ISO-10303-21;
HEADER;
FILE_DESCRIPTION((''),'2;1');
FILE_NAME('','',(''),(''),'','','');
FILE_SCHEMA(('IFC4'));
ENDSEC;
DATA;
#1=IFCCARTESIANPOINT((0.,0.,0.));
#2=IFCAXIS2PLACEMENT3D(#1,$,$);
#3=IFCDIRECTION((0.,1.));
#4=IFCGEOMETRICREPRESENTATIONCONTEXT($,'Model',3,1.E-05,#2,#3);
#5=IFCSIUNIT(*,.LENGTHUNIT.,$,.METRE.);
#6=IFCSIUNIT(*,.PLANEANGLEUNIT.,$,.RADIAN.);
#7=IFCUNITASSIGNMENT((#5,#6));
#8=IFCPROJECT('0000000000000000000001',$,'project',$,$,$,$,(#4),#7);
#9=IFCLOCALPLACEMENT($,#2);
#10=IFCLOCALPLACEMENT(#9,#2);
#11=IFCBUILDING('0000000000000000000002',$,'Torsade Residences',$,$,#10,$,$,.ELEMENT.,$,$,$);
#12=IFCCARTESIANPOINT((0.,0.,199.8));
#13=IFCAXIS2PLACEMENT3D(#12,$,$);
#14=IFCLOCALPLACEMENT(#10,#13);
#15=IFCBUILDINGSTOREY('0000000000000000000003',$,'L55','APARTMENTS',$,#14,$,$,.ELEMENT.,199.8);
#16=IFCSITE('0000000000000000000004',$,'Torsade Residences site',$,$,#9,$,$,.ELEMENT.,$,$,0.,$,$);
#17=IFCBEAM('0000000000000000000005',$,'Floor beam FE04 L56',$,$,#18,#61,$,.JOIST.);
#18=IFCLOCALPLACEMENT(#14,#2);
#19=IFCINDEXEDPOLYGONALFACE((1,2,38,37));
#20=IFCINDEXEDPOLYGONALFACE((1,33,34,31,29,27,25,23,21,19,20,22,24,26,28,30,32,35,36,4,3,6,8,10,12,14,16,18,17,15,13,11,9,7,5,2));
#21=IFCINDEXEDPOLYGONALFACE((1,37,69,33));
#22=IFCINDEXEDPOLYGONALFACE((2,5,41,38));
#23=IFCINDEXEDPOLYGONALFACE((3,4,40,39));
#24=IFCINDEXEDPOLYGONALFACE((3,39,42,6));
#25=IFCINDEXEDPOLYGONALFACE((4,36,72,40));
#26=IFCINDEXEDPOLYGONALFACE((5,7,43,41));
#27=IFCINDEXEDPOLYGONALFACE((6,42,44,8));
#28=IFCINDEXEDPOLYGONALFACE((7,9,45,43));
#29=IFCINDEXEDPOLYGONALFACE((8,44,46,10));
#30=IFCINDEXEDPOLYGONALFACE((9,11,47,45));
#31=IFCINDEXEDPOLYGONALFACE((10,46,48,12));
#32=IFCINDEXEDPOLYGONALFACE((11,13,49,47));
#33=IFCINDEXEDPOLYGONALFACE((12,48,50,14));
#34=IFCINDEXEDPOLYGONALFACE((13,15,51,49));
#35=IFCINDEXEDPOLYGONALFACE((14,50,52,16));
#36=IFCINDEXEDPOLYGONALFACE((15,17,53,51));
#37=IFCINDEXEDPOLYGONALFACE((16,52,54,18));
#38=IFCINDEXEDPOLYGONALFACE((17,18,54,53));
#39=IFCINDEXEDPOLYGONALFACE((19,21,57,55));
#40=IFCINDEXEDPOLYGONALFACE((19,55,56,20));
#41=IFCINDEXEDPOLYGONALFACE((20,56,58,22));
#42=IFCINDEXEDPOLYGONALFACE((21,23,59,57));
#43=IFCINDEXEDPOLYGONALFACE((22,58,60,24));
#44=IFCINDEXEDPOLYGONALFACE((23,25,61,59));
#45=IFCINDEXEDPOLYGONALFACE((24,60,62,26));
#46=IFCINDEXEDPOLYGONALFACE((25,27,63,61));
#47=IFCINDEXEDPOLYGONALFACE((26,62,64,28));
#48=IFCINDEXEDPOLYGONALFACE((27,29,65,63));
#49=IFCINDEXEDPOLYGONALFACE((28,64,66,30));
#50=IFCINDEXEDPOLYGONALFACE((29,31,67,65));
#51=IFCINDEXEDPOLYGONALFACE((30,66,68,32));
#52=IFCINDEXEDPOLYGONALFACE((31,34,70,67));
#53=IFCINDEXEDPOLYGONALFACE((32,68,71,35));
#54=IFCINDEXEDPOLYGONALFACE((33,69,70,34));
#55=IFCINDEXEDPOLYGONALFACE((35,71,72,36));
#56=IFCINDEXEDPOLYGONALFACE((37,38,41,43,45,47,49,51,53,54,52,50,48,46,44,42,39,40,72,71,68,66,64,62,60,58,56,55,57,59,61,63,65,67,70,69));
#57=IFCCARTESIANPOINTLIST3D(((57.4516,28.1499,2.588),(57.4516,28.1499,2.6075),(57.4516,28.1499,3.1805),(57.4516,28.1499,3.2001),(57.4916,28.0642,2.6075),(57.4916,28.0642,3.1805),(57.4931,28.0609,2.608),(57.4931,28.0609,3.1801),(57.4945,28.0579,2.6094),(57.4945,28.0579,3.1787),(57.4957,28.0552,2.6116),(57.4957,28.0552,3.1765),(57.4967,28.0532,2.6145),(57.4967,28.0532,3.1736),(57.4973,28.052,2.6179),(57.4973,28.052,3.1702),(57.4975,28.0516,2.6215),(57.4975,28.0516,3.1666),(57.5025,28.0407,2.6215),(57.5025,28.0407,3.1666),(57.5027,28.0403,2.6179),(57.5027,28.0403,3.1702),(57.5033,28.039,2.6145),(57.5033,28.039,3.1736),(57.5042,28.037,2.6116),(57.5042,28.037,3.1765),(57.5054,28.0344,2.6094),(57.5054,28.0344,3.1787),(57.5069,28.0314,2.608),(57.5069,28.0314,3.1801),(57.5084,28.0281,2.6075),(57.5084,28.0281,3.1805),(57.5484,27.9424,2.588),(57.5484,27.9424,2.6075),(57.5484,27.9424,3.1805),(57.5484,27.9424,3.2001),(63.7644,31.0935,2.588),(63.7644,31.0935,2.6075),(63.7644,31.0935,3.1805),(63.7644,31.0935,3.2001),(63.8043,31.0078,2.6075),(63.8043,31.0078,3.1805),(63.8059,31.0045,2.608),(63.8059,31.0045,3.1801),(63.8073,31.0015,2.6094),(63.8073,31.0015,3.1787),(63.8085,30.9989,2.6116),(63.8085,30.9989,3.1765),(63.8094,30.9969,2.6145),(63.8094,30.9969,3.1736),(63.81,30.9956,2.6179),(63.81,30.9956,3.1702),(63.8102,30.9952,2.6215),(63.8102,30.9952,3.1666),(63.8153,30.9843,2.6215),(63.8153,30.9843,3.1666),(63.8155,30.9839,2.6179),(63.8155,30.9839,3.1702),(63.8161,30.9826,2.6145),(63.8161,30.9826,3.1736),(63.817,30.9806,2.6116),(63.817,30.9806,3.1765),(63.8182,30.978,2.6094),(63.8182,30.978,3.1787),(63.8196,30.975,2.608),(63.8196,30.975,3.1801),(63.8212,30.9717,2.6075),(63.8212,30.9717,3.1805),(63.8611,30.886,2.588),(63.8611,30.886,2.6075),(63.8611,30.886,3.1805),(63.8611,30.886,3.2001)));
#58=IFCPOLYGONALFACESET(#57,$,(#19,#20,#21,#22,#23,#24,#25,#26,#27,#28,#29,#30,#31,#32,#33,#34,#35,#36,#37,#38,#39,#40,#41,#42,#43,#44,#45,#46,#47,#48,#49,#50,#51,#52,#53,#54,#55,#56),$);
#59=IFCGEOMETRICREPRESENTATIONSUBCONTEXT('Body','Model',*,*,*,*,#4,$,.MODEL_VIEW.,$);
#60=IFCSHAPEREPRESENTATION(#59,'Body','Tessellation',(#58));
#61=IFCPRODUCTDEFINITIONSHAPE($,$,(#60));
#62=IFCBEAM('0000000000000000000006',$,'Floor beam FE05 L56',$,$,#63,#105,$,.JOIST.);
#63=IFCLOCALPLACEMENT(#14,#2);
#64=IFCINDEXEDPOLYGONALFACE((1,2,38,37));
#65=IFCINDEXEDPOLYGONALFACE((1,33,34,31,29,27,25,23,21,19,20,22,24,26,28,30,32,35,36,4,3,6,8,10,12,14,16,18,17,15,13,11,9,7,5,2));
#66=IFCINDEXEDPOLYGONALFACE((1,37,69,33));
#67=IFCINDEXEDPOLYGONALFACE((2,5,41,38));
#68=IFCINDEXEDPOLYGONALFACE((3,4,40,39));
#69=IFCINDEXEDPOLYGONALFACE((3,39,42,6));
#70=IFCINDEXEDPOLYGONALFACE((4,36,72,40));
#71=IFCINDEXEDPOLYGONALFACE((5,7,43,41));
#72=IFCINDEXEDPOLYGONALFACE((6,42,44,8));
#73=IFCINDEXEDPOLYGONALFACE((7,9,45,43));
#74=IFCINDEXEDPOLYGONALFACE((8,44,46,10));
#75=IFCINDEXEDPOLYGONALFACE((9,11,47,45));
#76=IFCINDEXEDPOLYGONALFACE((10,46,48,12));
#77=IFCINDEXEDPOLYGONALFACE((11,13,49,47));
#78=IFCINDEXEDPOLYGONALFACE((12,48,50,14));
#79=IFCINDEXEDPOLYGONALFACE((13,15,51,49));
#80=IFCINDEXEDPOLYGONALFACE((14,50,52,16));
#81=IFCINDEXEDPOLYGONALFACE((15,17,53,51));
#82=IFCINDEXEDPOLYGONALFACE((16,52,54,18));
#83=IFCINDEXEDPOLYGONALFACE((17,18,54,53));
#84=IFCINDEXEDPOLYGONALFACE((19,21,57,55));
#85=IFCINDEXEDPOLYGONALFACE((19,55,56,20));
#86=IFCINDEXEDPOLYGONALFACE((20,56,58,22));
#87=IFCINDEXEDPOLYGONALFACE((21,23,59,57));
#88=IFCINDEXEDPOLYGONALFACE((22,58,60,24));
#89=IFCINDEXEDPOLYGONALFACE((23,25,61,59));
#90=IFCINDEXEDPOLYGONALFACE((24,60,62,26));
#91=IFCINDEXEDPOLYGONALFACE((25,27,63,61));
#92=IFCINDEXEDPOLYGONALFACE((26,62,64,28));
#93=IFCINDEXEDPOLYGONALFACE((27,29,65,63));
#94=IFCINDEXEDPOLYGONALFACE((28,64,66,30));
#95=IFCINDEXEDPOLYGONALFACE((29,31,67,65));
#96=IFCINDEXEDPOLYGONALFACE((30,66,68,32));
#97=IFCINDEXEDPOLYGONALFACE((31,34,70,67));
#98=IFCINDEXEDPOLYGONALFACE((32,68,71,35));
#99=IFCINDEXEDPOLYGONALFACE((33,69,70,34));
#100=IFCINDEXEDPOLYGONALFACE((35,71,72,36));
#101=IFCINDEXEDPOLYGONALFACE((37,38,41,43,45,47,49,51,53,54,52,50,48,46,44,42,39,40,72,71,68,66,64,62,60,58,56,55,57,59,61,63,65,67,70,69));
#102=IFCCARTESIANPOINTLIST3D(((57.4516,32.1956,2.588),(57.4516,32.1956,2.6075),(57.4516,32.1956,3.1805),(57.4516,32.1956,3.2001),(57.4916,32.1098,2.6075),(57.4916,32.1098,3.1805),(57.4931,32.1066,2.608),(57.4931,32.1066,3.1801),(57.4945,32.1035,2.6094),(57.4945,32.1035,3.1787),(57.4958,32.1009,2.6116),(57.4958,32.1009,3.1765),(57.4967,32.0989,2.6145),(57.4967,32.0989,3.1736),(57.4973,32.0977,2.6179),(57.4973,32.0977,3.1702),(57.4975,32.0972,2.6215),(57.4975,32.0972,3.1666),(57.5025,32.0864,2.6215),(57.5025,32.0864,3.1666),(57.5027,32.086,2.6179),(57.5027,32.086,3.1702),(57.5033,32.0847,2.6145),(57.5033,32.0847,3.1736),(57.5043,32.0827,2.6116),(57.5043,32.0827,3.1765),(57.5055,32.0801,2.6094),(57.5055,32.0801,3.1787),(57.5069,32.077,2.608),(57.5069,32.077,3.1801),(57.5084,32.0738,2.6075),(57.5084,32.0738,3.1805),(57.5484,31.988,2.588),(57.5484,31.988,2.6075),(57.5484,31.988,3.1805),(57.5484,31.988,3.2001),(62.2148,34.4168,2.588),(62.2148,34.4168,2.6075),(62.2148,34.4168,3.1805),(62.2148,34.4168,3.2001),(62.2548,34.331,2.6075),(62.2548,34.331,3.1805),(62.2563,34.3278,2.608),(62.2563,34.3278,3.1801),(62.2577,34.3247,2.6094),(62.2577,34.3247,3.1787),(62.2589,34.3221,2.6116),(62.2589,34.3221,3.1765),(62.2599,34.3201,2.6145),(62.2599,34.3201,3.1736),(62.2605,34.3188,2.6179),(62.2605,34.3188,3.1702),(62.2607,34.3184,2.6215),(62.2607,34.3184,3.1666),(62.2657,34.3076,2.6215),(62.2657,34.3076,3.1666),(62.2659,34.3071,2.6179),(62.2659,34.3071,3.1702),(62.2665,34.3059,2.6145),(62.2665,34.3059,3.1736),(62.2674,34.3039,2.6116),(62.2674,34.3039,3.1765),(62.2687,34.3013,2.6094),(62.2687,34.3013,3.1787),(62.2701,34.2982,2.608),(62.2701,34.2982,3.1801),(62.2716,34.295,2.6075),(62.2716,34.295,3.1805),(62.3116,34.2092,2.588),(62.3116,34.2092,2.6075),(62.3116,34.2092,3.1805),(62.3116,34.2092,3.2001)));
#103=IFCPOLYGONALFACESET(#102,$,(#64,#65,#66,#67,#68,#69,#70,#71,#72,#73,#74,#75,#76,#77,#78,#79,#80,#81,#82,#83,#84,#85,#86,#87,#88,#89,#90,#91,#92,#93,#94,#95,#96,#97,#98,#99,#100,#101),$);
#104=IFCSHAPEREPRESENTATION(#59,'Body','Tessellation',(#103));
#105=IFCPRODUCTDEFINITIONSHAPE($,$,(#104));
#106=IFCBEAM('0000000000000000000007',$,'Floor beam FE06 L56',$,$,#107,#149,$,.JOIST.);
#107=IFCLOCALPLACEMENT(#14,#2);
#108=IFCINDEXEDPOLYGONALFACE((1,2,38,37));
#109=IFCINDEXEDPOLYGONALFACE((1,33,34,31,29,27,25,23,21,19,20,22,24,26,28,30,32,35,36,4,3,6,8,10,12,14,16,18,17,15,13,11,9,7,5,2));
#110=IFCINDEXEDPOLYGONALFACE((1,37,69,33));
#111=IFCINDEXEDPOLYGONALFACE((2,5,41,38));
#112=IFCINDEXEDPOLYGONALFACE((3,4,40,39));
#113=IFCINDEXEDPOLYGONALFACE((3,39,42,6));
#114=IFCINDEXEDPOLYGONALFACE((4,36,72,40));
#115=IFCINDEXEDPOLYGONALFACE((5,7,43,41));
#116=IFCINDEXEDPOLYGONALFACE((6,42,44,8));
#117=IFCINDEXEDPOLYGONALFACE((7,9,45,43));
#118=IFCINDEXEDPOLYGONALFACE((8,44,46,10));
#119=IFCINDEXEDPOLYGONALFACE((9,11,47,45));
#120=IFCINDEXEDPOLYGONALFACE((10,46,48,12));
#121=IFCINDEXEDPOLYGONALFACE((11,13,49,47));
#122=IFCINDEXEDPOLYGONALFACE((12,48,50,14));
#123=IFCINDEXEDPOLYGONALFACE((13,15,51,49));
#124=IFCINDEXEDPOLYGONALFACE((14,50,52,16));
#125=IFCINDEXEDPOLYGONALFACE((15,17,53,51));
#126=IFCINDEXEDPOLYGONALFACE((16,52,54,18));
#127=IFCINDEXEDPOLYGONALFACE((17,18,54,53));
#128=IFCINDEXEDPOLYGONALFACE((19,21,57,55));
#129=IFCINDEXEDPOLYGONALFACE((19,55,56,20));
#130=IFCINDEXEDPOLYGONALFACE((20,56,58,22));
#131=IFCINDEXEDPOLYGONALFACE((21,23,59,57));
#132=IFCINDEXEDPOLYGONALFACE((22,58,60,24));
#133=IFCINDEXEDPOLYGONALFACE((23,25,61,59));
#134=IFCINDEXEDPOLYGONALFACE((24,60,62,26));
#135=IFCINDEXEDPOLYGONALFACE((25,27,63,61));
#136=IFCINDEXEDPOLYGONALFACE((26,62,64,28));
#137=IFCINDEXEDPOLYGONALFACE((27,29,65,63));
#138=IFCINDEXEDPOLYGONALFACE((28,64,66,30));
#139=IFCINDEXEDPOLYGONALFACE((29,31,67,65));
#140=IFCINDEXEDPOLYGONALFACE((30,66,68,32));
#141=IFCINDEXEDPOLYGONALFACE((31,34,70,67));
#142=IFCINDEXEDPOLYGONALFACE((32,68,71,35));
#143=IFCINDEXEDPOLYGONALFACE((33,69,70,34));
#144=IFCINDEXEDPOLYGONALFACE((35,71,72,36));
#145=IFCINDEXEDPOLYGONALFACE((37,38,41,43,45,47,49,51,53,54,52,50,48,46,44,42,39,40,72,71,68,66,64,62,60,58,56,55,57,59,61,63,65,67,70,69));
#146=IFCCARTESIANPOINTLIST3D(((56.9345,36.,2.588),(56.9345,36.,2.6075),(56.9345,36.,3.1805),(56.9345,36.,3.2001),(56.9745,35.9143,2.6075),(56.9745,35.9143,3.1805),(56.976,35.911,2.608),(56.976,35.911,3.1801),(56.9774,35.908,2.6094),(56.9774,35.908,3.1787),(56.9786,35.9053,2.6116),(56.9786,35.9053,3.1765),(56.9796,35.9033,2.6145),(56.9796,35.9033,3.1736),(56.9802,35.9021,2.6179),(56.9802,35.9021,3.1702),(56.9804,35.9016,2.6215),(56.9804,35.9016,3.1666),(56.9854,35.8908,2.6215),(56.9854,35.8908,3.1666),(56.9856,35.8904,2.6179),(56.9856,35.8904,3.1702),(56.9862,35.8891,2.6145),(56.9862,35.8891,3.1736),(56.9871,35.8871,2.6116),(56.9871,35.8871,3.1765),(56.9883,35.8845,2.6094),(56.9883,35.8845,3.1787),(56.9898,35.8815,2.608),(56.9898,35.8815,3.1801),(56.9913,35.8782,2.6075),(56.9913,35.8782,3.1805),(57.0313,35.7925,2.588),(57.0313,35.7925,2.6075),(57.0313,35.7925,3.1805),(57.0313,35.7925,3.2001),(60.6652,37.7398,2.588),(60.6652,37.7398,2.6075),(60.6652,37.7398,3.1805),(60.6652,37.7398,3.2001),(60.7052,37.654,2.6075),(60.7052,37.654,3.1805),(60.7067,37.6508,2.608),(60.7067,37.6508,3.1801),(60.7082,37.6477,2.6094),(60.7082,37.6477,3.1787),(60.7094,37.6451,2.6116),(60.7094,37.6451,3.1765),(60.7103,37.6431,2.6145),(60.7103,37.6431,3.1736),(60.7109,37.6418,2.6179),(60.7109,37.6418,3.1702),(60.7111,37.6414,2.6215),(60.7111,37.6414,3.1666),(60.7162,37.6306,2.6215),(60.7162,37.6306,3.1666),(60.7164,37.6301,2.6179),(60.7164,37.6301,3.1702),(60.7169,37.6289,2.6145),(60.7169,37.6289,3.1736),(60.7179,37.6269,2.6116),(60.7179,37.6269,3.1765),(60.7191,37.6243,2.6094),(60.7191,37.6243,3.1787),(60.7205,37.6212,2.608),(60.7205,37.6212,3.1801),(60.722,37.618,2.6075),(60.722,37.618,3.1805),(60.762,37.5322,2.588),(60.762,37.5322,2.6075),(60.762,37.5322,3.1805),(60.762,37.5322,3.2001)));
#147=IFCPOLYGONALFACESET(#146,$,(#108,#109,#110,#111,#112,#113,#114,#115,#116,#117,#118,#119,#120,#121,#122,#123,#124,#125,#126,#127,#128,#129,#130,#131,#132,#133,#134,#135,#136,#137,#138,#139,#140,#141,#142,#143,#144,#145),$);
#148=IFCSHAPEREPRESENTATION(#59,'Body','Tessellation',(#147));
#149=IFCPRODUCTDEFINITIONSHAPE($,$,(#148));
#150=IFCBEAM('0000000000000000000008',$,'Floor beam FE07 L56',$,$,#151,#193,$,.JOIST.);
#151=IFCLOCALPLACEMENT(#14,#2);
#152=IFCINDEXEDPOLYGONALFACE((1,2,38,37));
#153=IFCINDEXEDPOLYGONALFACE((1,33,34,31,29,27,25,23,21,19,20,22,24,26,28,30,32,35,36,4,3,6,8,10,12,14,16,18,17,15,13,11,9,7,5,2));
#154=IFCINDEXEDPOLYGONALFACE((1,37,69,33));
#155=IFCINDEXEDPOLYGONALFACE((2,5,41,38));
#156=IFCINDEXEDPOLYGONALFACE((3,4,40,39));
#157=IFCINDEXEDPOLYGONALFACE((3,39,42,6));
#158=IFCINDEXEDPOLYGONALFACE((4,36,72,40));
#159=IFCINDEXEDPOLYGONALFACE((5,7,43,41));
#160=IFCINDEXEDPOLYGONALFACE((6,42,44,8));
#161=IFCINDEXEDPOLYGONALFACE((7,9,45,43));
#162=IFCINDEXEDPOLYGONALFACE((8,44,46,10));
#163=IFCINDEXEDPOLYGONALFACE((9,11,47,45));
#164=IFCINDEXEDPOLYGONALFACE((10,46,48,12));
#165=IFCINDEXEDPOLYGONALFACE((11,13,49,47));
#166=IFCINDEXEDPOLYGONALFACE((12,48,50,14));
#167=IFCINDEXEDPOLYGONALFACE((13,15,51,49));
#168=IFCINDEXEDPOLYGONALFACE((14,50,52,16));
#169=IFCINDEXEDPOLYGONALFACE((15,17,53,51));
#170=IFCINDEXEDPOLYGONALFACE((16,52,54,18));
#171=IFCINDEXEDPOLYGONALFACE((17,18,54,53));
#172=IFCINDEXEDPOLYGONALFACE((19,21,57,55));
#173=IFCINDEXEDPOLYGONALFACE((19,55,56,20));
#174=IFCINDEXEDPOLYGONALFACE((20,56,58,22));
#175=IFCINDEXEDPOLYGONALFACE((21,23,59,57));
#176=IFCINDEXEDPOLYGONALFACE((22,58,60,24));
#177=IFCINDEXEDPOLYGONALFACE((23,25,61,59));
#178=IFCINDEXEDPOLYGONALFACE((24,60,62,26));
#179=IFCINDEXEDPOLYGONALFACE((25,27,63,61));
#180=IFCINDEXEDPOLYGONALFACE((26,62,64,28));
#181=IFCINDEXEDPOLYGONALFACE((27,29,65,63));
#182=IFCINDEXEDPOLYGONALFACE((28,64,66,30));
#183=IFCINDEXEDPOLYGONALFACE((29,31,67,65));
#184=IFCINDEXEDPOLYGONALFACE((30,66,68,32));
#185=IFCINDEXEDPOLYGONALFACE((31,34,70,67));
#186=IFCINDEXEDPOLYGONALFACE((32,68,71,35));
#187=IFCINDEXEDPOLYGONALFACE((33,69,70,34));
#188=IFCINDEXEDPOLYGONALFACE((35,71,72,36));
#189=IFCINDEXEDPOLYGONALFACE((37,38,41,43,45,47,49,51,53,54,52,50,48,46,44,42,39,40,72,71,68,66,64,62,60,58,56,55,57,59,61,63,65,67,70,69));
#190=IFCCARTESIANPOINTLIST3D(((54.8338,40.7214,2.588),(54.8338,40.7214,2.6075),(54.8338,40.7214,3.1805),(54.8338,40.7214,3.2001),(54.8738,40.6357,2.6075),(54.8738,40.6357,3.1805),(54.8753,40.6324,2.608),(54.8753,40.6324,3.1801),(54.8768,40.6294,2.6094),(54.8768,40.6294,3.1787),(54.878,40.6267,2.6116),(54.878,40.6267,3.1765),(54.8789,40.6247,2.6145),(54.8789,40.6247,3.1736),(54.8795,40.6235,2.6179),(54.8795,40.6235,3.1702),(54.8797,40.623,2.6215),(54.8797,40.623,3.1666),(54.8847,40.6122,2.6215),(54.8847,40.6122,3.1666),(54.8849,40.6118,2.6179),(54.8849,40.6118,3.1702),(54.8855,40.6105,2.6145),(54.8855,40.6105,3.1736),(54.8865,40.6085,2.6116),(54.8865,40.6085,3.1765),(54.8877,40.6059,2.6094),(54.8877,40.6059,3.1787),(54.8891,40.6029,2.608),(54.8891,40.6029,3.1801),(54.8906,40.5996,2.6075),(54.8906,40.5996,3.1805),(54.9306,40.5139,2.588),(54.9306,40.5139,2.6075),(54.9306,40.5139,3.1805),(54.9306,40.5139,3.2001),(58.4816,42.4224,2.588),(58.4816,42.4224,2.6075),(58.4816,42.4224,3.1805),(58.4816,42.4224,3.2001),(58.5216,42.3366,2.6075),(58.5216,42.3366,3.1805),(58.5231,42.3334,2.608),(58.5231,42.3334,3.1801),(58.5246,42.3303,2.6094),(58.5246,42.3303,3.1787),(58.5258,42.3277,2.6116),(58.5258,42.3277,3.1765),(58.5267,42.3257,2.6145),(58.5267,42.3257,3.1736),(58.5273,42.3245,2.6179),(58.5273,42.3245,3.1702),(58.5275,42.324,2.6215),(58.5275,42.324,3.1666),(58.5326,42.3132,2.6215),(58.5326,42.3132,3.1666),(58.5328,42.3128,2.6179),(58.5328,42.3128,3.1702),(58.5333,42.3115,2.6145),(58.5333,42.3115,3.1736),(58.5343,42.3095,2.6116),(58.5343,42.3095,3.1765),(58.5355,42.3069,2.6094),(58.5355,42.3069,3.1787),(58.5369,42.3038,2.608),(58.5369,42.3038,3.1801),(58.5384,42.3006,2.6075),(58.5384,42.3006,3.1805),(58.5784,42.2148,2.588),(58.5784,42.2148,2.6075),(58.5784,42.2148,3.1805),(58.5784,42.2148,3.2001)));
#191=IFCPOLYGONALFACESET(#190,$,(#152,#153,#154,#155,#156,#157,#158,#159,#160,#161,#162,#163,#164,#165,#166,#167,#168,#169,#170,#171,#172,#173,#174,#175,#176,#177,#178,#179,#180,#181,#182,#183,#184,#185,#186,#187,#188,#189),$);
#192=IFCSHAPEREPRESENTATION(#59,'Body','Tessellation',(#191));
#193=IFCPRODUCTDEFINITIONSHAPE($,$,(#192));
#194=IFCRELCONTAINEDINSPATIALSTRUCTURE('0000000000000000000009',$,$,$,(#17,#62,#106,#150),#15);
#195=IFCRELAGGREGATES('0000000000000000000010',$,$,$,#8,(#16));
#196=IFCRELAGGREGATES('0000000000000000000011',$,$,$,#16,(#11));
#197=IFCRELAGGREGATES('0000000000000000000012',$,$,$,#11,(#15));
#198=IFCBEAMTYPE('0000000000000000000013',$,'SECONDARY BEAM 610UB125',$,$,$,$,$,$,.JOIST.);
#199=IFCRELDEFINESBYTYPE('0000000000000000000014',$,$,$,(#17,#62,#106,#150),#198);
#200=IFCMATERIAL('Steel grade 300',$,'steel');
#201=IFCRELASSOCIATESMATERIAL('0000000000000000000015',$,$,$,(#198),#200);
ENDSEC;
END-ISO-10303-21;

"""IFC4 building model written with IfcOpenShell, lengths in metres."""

from ifc_helpers import new_model, si_unit, direction, frame, origin, origin_2d, place, context, subcontext, project, spatial, i_section, extrude, material, material_profile, profile_set, type_object, element, save


model = new_model("IFC4")

# Units and contexts
model_context = context("Model", 3, precision=1e-05, world=origin(), true_north=direction((0.0, 1.0)))
body_context = subcontext(model_context, "Body", "Model", "MODEL_VIEW")
ifc_project = project(units=[si_unit("LENGTHUNIT", "METRE"), si_unit("PLANEANGLEUNIT", "RADIAN")], contexts=[model_context])

# Site, building, storey
site_placement = place(None, origin())
site = spatial("IfcSite", under=ifc_project, at=site_placement, Name="Torsade Residences site", CompositionType="ELEMENT", RefElevation=0.0)
building_placement = place(site_placement, origin())
building = spatial("IfcBuilding", under=site, at=building_placement, Name="Torsade Residences", CompositionType="ELEMENT")
storey_placement = place(building_placement, frame((0.0, 0.0, 199.8)))
storey = spatial("IfcBuildingStorey", under=building, at=storey_placement, Name="L55", Description="APARTMENTS", CompositionType="ELEMENT", Elevation=199.8)

# Beams
ifc_material_1 = material(Name="Steel grade 300", Category="steel")
ifc_material_profile_1 = material_profile(ifc_material_1, i_section(OverallWidth=0.229, OverallDepth=0.6121, WebThickness=0.012, FlangeThickness=0.0195, FilletRadius=0.0139, at=origin_2d()), Name="610UB125")
ifc_profile_set_1 = profile_set([ifc_material_profile_1], Name="Steel grade 300")
beam_type_1 = type_object("IfcBeamType", Name="SECONDARY BEAM 610UB125", PredefinedType="JOIST", material=ifc_profile_set_1)
beam_1_placement = place(storey_placement, frame((63.8127, 30.9897, 2.894), z_axis=(-0.906312, -0.422609, 0.0), x_axis=(0.422609, -0.906312, 0.0)))
element("IfcBeam", 1, at=beam_1_placement, inside=storey, type_object=beam_type_1, Name="Floor beam FE04 L56", PredefinedType="JOIST", context=body_context, shape_type="SweptSolid", body=[
    extrude(i_section(OverallWidth=0.229, OverallDepth=0.6121, WebThickness=0.012, FlangeThickness=0.0195, FilletRadius=0.0139, at=origin_2d()), origin(), (0.0, 0.0, 1.0), 6.9653),
])
beam_2_placement = place(storey_placement, frame((62.2632, 34.313, 2.894), z_axis=(-0.906302, -0.422631, 0.0), x_axis=(0.422631, -0.906302, 0.0)))
element("IfcBeam", 2, at=beam_2_placement, inside=storey, type_object=beam_type_1, Name="Floor beam FE05 L56", PredefinedType="JOIST", context=body_context, shape_type="SweptSolid", body=[
    extrude(i_section(OverallWidth=0.229, OverallDepth=0.6121, WebThickness=0.012, FlangeThickness=0.0195, FilletRadius=0.0139, at=origin_2d()), origin(), (0.0, 0.0, 1.0), 5.2556),
])
beam_3_placement = place(storey_placement, frame((60.7136, 37.636, 2.894), z_axis=(-0.9063, -0.422635, 0.0), x_axis=(0.422635, -0.9063, 0.0)))
element("IfcBeam", 3, at=beam_3_placement, inside=storey, type_object=beam_type_1, Name="Floor beam FE06 L56", PredefinedType="JOIST", context=body_context, shape_type="SweptSolid", body=[
    extrude(i_section(OverallWidth=0.229, OverallDepth=0.6121, WebThickness=0.012, FlangeThickness=0.0195, FilletRadius=0.0139, at=origin_2d()), origin(), (0.0, 0.0, 1.0), 4.1165),
])
beam_4_placement = place(storey_placement, frame((58.53, 42.3186, 2.894), z_axis=(-0.90631, -0.422613, 0.0), x_axis=(0.422613, -0.90631, 0.0)))
element("IfcBeam", 4, at=beam_4_placement, inside=storey, type_object=beam_type_1, Name="Floor beam FE07 L56", PredefinedType="JOIST", context=body_context, shape_type="SweptSolid", body=[
    extrude(i_section(OverallWidth=0.229, OverallDepth=0.6121, WebThickness=0.012, FlangeThickness=0.0195, FilletRadius=0.0139, at=origin_2d()), origin(), (0.0, 0.0, 1.0), 4.0249),
])

save(model, "model.ifc")
